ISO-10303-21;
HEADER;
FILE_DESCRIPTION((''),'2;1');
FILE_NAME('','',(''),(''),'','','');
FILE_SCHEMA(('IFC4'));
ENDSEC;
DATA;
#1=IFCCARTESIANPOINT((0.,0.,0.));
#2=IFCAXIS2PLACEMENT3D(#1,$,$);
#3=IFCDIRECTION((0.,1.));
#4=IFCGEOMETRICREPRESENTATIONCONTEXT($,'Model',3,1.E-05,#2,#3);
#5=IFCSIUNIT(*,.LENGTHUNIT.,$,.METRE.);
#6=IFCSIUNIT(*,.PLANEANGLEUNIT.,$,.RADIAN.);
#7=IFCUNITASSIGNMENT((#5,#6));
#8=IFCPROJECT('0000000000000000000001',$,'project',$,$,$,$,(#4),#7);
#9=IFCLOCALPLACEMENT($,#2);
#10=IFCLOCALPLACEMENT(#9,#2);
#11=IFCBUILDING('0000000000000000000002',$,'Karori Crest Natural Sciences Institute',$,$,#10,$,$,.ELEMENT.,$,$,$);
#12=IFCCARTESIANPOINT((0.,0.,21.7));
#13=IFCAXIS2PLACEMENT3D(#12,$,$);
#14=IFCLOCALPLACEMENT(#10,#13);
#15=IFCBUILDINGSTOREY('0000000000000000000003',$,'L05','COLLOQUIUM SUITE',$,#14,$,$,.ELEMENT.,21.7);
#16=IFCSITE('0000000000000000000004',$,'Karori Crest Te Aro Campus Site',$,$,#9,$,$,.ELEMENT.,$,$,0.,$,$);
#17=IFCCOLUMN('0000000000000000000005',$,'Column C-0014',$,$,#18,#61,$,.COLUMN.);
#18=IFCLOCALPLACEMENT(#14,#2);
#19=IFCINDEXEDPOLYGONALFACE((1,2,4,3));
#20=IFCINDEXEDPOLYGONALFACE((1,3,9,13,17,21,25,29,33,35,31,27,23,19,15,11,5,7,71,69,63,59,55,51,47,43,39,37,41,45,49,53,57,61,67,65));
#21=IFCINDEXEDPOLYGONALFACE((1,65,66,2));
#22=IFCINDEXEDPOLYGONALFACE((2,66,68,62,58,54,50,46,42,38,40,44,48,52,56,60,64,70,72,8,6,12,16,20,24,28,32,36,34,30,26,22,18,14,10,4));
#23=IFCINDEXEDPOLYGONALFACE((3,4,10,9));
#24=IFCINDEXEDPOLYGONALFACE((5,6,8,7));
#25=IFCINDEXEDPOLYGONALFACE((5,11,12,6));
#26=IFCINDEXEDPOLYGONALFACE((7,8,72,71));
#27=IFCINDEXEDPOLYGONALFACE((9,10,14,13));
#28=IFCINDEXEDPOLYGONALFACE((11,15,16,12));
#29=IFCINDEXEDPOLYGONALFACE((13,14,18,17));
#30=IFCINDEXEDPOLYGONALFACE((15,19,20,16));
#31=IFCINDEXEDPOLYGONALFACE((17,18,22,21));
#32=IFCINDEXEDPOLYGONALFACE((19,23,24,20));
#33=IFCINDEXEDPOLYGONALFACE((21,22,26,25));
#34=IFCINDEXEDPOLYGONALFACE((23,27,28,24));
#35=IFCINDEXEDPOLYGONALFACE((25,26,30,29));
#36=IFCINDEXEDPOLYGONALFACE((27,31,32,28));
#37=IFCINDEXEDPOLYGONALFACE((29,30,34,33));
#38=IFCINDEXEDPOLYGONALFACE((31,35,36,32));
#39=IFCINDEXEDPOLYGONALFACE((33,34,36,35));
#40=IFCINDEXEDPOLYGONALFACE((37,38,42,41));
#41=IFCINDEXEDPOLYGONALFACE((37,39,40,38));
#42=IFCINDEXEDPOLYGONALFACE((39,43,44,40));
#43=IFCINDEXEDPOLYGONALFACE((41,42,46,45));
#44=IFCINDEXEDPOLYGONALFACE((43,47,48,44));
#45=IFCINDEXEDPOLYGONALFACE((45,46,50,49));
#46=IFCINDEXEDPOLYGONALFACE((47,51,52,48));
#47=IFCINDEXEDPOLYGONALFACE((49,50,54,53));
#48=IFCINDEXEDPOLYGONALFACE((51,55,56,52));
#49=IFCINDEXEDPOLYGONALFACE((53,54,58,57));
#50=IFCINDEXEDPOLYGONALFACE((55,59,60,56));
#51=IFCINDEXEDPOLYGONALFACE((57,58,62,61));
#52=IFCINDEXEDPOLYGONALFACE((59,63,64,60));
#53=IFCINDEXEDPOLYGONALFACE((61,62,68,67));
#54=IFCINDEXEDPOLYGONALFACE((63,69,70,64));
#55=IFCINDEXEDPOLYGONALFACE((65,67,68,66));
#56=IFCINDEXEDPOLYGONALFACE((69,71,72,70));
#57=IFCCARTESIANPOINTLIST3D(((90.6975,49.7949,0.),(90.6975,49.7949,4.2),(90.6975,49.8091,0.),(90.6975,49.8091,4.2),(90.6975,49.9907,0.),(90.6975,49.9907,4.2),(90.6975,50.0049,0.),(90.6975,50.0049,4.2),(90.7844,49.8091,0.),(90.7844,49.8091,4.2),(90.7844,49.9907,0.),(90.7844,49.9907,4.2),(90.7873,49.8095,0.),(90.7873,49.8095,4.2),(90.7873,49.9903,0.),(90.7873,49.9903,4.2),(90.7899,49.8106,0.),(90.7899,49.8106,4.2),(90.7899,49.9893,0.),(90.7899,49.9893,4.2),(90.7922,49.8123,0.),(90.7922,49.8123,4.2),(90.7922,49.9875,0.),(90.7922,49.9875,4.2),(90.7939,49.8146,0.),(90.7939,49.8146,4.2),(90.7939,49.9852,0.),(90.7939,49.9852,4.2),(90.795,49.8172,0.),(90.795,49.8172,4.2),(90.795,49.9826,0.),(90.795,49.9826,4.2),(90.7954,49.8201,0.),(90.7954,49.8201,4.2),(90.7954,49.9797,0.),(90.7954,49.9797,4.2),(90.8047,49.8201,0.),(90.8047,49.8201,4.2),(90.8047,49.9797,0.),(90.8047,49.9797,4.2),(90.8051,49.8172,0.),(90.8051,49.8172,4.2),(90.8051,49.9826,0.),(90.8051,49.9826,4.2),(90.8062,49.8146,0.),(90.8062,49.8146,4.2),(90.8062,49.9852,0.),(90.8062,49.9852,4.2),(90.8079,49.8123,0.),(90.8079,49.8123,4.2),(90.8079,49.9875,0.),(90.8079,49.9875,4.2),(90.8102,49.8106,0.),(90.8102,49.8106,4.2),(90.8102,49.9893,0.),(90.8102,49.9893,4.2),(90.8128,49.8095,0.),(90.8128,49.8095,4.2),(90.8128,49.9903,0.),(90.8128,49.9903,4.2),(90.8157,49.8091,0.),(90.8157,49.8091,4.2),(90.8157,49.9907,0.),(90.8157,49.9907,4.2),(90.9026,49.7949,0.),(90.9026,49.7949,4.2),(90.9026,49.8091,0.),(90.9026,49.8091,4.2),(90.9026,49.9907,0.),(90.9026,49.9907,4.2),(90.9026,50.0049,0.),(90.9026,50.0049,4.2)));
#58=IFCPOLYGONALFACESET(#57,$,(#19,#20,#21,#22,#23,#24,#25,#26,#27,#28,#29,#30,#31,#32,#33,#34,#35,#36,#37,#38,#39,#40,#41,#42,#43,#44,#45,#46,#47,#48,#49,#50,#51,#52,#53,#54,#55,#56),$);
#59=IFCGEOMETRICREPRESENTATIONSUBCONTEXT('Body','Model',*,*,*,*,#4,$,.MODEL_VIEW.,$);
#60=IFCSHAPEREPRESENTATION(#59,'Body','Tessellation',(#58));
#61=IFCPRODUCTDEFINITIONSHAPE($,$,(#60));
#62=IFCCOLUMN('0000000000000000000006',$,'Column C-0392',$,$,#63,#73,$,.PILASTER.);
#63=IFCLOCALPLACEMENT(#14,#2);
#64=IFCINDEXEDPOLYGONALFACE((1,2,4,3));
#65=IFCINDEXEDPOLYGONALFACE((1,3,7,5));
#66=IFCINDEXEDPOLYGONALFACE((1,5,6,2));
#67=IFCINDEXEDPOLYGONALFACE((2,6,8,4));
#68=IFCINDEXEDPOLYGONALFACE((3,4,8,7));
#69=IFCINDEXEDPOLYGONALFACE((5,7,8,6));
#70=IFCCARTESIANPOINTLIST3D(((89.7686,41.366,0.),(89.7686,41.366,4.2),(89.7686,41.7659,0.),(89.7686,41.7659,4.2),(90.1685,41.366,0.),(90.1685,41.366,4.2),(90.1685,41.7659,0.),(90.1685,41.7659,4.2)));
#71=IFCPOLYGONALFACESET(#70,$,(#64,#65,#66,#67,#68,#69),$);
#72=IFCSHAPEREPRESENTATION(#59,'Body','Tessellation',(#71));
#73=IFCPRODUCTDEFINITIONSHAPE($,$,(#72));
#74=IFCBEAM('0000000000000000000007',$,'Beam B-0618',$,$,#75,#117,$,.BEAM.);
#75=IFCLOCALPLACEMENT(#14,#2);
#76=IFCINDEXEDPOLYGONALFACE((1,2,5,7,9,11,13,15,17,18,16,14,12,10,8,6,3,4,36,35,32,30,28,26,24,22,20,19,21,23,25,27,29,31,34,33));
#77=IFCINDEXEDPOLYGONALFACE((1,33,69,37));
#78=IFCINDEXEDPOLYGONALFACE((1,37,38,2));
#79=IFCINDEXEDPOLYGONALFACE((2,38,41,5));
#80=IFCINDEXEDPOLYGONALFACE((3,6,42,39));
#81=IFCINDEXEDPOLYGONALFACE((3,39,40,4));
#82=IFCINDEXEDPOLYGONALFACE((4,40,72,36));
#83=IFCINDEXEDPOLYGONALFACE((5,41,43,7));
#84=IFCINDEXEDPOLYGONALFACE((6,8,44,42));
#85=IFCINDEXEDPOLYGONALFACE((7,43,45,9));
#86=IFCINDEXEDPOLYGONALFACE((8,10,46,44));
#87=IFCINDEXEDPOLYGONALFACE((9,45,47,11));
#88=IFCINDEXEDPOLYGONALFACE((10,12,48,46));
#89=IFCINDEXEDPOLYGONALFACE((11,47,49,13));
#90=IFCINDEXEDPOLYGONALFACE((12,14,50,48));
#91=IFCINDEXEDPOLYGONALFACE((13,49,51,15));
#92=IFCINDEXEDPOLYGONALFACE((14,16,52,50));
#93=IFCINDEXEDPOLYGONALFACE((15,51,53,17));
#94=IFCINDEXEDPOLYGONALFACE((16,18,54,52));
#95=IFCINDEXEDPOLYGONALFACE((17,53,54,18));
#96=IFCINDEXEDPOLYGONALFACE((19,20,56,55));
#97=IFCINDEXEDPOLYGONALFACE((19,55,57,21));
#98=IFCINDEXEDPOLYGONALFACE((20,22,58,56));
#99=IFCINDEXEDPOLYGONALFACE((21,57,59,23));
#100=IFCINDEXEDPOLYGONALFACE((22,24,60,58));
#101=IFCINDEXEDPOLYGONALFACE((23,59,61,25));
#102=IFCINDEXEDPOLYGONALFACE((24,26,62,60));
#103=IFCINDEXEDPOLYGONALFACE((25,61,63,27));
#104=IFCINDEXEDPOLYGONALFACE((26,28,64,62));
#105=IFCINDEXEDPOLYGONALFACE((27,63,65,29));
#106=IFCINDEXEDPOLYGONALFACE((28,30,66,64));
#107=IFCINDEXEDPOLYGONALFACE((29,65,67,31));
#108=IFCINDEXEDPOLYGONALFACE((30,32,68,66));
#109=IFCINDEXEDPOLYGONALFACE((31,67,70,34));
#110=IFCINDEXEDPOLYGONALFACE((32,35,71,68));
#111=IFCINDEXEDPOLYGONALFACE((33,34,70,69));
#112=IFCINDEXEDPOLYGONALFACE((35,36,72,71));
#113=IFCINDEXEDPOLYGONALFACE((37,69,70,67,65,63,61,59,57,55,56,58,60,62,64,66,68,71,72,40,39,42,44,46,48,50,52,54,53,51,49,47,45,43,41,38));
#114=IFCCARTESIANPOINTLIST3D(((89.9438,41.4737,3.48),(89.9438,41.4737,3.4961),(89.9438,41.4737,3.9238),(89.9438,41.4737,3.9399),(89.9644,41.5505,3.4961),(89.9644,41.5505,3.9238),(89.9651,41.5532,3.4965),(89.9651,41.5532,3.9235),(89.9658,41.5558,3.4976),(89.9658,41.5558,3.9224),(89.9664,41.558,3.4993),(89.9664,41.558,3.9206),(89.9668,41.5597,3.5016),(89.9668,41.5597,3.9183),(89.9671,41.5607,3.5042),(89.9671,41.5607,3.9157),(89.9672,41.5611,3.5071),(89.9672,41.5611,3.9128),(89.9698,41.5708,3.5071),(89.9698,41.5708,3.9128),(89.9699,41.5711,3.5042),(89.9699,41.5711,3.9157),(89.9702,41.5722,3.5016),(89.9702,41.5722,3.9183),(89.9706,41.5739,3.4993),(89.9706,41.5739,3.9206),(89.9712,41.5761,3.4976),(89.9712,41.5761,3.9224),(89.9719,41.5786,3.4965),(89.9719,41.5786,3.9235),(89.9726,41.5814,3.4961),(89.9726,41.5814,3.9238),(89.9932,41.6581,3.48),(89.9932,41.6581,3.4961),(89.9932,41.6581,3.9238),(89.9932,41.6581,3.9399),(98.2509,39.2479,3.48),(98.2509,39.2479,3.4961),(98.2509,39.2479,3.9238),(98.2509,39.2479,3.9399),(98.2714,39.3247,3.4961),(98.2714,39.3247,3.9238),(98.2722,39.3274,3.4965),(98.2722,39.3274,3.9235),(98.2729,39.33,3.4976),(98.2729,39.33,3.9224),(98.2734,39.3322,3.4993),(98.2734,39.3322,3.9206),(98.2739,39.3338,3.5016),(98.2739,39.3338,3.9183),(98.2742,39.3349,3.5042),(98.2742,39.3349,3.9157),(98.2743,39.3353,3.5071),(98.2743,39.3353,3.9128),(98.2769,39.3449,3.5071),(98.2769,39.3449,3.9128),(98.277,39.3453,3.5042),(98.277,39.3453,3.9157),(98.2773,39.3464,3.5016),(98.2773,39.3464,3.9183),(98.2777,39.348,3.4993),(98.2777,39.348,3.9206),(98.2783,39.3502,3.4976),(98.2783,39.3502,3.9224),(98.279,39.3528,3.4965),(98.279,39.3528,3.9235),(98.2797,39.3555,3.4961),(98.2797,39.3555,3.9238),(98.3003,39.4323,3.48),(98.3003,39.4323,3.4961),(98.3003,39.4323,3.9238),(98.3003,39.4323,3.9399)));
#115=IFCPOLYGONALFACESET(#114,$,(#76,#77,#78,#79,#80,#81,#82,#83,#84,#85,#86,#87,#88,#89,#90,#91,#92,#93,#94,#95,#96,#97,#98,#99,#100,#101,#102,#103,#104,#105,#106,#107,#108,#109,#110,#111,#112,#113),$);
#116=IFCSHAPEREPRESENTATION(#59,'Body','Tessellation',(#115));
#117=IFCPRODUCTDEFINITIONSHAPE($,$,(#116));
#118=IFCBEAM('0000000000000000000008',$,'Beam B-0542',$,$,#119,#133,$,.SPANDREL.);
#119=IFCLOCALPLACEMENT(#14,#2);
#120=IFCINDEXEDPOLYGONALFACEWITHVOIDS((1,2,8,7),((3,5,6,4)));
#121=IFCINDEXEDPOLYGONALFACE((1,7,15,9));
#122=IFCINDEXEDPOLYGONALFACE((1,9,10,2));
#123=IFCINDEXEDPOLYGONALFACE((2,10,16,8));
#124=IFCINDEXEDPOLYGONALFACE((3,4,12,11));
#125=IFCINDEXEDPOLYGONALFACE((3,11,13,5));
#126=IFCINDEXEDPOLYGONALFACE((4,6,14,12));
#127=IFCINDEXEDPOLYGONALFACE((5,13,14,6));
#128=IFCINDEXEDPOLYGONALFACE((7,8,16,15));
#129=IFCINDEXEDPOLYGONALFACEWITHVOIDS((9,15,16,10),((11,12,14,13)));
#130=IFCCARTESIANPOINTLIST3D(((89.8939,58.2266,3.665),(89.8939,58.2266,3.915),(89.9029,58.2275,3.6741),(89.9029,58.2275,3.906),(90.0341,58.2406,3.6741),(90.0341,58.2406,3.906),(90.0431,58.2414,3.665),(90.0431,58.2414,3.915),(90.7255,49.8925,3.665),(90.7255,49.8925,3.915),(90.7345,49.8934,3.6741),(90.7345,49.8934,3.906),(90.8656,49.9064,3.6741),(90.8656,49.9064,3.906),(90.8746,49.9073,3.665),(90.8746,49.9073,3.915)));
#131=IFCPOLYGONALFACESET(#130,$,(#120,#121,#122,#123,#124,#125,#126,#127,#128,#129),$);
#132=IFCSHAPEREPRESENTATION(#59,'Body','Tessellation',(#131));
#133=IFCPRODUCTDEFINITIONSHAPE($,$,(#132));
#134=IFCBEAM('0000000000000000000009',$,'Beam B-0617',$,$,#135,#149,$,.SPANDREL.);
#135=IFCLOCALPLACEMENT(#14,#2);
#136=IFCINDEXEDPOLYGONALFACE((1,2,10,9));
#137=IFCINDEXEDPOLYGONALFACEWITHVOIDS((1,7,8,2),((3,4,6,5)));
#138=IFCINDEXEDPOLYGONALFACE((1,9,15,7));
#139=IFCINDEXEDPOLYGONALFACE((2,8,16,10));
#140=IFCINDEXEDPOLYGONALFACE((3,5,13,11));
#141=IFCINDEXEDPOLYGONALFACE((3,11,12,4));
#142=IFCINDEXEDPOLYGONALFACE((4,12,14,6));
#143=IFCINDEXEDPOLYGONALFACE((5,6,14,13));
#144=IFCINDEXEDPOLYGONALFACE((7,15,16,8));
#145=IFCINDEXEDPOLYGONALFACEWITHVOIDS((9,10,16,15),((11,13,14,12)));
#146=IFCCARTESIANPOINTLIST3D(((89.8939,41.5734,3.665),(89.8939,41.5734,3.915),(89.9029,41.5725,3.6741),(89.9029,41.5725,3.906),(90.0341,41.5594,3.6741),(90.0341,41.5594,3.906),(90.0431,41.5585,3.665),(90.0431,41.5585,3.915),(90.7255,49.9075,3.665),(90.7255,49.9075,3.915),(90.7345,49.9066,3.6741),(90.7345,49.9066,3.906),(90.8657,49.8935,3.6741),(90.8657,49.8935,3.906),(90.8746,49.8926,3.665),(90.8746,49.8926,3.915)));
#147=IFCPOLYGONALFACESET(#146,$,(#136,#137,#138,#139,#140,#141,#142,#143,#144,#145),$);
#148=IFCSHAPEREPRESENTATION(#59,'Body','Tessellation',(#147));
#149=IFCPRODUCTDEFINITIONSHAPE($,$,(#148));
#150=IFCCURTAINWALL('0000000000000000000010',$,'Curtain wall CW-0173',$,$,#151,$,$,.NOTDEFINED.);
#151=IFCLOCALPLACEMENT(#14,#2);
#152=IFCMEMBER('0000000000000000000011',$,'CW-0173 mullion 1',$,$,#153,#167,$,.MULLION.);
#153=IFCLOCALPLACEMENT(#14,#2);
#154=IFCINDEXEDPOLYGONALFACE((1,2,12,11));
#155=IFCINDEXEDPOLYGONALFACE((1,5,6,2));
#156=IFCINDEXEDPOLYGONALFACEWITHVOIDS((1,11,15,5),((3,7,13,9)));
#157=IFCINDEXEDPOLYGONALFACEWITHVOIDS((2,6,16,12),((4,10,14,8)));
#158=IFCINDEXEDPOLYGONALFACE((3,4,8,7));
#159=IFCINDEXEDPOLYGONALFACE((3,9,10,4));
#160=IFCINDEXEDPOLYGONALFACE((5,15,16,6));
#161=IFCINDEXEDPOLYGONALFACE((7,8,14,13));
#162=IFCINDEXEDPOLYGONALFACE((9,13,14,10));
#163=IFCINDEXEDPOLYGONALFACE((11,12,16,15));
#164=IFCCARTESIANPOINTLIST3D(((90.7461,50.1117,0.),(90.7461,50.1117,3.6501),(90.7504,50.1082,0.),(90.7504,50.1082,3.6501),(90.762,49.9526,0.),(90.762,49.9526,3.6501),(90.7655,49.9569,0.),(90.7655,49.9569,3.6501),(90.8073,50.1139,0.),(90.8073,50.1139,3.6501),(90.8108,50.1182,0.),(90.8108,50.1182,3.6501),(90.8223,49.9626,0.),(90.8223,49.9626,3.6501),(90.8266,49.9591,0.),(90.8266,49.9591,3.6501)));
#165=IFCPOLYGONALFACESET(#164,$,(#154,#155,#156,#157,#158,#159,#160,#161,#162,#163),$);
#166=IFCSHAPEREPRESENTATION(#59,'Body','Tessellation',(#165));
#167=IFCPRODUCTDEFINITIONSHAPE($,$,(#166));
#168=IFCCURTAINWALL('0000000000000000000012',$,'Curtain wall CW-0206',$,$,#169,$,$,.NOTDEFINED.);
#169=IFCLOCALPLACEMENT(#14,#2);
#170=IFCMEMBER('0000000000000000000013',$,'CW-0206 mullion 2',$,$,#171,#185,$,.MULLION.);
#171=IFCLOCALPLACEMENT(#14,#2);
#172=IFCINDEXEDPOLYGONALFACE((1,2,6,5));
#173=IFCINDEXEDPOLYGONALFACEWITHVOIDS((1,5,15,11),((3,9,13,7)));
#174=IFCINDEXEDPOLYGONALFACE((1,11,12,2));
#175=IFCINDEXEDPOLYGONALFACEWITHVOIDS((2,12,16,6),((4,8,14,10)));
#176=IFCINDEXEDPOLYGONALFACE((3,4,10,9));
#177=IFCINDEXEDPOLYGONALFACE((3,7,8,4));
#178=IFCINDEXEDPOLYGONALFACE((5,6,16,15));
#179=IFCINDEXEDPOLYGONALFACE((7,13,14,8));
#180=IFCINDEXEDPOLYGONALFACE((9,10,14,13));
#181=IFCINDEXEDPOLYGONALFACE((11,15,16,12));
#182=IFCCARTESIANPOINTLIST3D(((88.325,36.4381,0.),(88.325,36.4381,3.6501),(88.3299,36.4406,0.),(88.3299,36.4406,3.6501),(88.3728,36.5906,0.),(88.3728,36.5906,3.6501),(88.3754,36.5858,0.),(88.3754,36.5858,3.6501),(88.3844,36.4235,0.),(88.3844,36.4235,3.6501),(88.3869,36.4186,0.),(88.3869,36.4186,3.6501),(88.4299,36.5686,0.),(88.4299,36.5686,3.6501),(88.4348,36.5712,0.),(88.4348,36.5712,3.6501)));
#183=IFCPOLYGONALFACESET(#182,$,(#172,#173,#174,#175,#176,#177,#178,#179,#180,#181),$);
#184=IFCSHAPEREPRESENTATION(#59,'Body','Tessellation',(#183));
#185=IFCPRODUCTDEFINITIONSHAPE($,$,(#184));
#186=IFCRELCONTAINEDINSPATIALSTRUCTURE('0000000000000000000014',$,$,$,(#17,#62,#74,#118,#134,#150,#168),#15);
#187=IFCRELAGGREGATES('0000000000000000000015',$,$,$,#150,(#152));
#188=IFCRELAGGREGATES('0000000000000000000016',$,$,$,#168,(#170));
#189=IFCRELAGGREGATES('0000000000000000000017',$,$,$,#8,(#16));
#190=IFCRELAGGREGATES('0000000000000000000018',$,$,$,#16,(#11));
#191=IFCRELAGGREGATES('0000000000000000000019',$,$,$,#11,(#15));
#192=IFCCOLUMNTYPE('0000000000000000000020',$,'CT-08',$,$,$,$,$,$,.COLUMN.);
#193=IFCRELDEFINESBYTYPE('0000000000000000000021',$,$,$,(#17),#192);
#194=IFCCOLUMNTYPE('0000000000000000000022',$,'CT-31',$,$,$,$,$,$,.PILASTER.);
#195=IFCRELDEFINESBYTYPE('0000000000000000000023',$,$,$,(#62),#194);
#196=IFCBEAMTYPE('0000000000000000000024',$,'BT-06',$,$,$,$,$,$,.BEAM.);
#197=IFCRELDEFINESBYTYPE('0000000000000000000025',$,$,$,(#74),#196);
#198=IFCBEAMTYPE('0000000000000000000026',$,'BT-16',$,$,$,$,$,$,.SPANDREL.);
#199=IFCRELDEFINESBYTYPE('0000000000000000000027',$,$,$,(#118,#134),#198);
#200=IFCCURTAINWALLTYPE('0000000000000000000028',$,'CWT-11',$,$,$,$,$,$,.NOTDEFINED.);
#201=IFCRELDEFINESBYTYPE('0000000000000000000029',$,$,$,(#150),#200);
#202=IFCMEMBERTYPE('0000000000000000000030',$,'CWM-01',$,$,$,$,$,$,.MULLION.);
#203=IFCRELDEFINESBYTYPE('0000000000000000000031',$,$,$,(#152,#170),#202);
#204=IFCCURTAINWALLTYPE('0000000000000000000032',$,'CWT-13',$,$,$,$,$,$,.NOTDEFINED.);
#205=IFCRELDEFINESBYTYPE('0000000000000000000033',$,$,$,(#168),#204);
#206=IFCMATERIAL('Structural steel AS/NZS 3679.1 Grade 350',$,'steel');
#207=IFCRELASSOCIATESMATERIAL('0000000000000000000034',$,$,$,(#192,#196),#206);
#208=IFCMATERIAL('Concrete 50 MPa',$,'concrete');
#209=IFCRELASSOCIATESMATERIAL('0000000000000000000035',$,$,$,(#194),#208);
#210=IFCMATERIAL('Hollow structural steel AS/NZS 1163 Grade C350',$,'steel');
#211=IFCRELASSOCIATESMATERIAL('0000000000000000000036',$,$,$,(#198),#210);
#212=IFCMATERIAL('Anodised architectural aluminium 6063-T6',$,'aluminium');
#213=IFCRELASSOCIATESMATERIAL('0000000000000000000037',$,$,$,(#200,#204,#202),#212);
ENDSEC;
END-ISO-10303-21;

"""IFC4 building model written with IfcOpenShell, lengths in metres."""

from ifc_helpers import new_model, si_unit, direction, frame, origin, origin_2d, place, context, subcontext, project, spatial, rectangle, hollow_rectangle, i_section, extrude, material, material_profile, profile_set, type_object, element, aggregate, save


model = new_model("IFC4")

# Units and contexts
model_context = context("Model", 3, precision=1e-05, world=origin(), true_north=direction((0.0, 1.0)))
body_context = subcontext(model_context, "Body", "Model", "MODEL_VIEW")
ifc_project = project(units=[si_unit("LENGTHUNIT", "METRE"), si_unit("PLANEANGLEUNIT", "RADIAN")], contexts=[model_context])

# Site, building, storey
site_placement = place(None, origin())
site = spatial("IfcSite", under=ifc_project, at=site_placement, Name="Karori Crest Te Aro Campus Site", CompositionType="ELEMENT", RefElevation=0.0)
building_placement = place(site_placement, origin())
building = spatial("IfcBuilding", under=site, at=building_placement, Name="Karori Crest Natural Sciences Institute", CompositionType="ELEMENT")
storey_placement = place(building_placement, frame((0.0, 0.0, 21.7)))
storey = spatial("IfcBuildingStorey", under=building, at=storey_placement, Name="L05", Description="COLLOQUIUM SUITE", CompositionType="ELEMENT", Elevation=21.7)

# Columns
ifc_material_1 = material(Name="Structural steel AS/NZS 3679.1 Grade 350", Category="steel")
ifc_material_profile_1 = material_profile(ifc_material_1, i_section(OverallWidth=0.2051, OverallDepth=0.21, WebThickness=0.0093, FlangeThickness=0.0142, FilletRadius=0.011, at=origin_2d()), Name="200UC59.5")
ifc_profile_set_1 = profile_set([ifc_material_profile_1], Name="Structural steel AS/NZS 3679.1 Grade 350")
column_type_1 = type_object("IfcColumnType", Name="CT-08", PredefinedType="COLUMN", material=ifc_profile_set_1)
column_1_placement = place(storey_placement, frame((90.8, 49.8999, 0.0), z_axis=(0.0, 0.0, 1.0), x_axis=(1.0, 0.0, 0.0)))
element("IfcColumn", 1, at=column_1_placement, inside=storey, type_object=column_type_1, Name="Column C-0014", PredefinedType="COLUMN", context=body_context, shape_type="SweptSolid", body=[
    extrude(i_section(OverallWidth=0.2051, OverallDepth=0.21, WebThickness=0.0093, FlangeThickness=0.0142, FilletRadius=0.011, at=origin_2d()), origin(), (0.0, 0.0, 1.0), 4.2),
])
ifc_material_2 = material(Name="Concrete 50 MPa", Category="concrete")
ifc_material_profile_2 = material_profile(ifc_material_2, rectangle(XDim=0.3999, YDim=0.3999, at=origin_2d()), Name="RC400x400")
ifc_profile_set_2 = profile_set([ifc_material_profile_2], Name="Concrete 50 MPa")
column_type_2 = type_object("IfcColumnType", Name="CT-31", PredefinedType="PILASTER", material=ifc_profile_set_2)
column_2_placement = place(storey_placement, frame((89.9685, 41.5659, 0.0), z_axis=(0.0, 0.0, 1.0), x_axis=(1.0, 0.0, 0.0)))
element("IfcColumn", 2, at=column_2_placement, inside=storey, type_object=column_type_2, Name="Column C-0392", PredefinedType="PILASTER", context=body_context, shape_type="SweptSolid", body=[
    extrude(rectangle(XDim=0.3999, YDim=0.3999, at=origin_2d()), origin(), (0.0, 0.0, 1.0), 4.2),
])

# Beams
ifc_material_profile_3 = material_profile(ifc_material_1, i_section(OverallWidth=0.1909, OverallDepth=0.46, WebThickness=0.01, FlangeThickness=0.0161, FilletRadius=0.011, at=origin_2d()), Name="460UB82.1")
ifc_profile_set_3 = profile_set([ifc_material_profile_3], Name="Structural steel AS/NZS 3679.1 Grade 350")
beam_type_1 = type_object("IfcBeamType", Name="BT-06", PredefinedType="BEAM", material=ifc_profile_set_3)
beam_placement = place(storey_placement, frame((89.9685, 41.5659, 3.71), z_axis=(0.965928, -0.258813, 0.0), x_axis=(0.258813, 0.965928, 0.0)))
element("IfcBeam", 3, at=beam_placement, inside=storey, type_object=beam_type_1, Name="Beam B-0618", PredefinedType="BEAM", context=body_context, shape_type="SweptSolid", body=[
    extrude(i_section(OverallWidth=0.1909, OverallDepth=0.46, WebThickness=0.01, FlangeThickness=0.0161, FilletRadius=0.011, at=origin_2d()), origin(), (0.0, 0.0, 1.0), 8.6001),
])
ifc_material_3 = material(Name="Hollow structural steel AS/NZS 1163 Grade C350", Category="steel")
ifc_material_profile_4 = material_profile(ifc_material_3, hollow_rectangle(XDim=0.1499, YDim=0.25, WallThickness=0.009, at=origin_2d()), Name="RHS250x150x9")
ifc_profile_set_4 = profile_set([ifc_material_profile_4], Name="Hollow structural steel AS/NZS 1163 Grade C350")
beam_type_2 = type_object("IfcBeamType", Name="BT-16", PredefinedType="SPANDREL", material=ifc_profile_set_4)
for number, where, z_axis, x_axis, name in (
    (4, (90.8, 49.8999, 3.79), (-0.099284, 0.995059, 0.0), (-0.995059, -0.099284, 0.0), "Beam B-0542"),
    (5, (89.9685, 41.5659, 3.79), (0.099284, 0.995059, 0.0), (-0.995059, 0.099284, 0.0), "Beam B-0617"),
):
    element("IfcBeam", number, at=place(storey_placement, frame(where, z_axis=z_axis, x_axis=x_axis)), inside=storey, type_object=beam_type_2, Name=name, PredefinedType="SPANDREL", context=body_context, shape_type="SweptSolid", body=[
        extrude(hollow_rectangle(XDim=0.1499, YDim=0.25, WallThickness=0.009, at=origin_2d()), origin(), (0.0, 0.0, 1.0), 8.3755),
    ])

# Curtain wall, member
ifc_material_4 = material(Name="Anodised architectural aluminium 6063-T6", Category="aluminium")
curtain_wall_type_1 = type_object("IfcCurtainWallType", Name="CWT-11", PredefinedType="NOTDEFINED", material=ifc_material_4)
curtain_wall_1_placement = place(storey_placement, origin())
curtain_wall_1 = element("IfcCurtainWall", 6, at=curtain_wall_1_placement, inside=storey, type_object=curtain_wall_type_1, Name="Curtain wall CW-0173", PredefinedType="NOTDEFINED")
ifc_material_profile_5 = material_profile(ifc_material_4, hollow_rectangle(XDim=0.0649, YDim=0.1599, WallThickness=0.0039, at=origin_2d()), Name="CWM160x65x4")
ifc_profile_set_5 = profile_set([ifc_material_profile_5], Name="Anodised architectural aluminium 6063-T6")
member_type_1 = type_object("IfcMemberType", Name="CWM-01", PredefinedType="MULLION", material=ifc_profile_set_5)
member_1_placement = place(storey_placement, frame((90.7864, 50.0354, 0.0), z_axis=(0.0, 0.0, 1.0), x_axis=(-0.995061, -0.099268, 0.0)))
member_1 = element("IfcMember", 7, at=member_1_placement, type_object=member_type_1, Name="CW-0173 mullion 1", PredefinedType="MULLION", context=body_context, shape_type="SweptSolid", body=[
    extrude(hollow_rectangle(XDim=0.0649, YDim=0.1599, WallThickness=0.0039, at=origin_2d()), origin(), (0.0, 0.0, 1.0), 3.6501),
])

# Curtain wall, member
curtain_wall_type_2 = type_object("IfcCurtainWallType", Name="CWT-13", PredefinedType="NOTDEFINED", material=ifc_material_4)
curtain_wall_2_placement = place(storey_placement, origin())
curtain_wall_2 = element("IfcCurtainWall", 8, at=curtain_wall_2_placement, inside=storey, type_object=curtain_wall_type_2, Name="Curtain wall CW-0206", PredefinedType="NOTDEFINED")
member_2_placement = place(storey_placement, frame((88.3799, 36.5046, 0.0), z_axis=(0.0, 0.0, 1.0), x_axis=(-0.954104, 0.299475, 0.0)))
member_2 = element("IfcMember", 9, at=member_2_placement, type_object=member_type_1, Name="CW-0206 mullion 2", PredefinedType="MULLION", context=body_context, shape_type="SweptSolid", body=[
    extrude(hollow_rectangle(XDim=0.0649, YDim=0.1599, WallThickness=0.0039, at=origin_2d()), origin(), (0.0, 0.0, 1.0), 3.6501),
])

aggregate(curtain_wall_1, [member_1])

aggregate(curtain_wall_2, [member_2])

save(model, "model.ifc")
